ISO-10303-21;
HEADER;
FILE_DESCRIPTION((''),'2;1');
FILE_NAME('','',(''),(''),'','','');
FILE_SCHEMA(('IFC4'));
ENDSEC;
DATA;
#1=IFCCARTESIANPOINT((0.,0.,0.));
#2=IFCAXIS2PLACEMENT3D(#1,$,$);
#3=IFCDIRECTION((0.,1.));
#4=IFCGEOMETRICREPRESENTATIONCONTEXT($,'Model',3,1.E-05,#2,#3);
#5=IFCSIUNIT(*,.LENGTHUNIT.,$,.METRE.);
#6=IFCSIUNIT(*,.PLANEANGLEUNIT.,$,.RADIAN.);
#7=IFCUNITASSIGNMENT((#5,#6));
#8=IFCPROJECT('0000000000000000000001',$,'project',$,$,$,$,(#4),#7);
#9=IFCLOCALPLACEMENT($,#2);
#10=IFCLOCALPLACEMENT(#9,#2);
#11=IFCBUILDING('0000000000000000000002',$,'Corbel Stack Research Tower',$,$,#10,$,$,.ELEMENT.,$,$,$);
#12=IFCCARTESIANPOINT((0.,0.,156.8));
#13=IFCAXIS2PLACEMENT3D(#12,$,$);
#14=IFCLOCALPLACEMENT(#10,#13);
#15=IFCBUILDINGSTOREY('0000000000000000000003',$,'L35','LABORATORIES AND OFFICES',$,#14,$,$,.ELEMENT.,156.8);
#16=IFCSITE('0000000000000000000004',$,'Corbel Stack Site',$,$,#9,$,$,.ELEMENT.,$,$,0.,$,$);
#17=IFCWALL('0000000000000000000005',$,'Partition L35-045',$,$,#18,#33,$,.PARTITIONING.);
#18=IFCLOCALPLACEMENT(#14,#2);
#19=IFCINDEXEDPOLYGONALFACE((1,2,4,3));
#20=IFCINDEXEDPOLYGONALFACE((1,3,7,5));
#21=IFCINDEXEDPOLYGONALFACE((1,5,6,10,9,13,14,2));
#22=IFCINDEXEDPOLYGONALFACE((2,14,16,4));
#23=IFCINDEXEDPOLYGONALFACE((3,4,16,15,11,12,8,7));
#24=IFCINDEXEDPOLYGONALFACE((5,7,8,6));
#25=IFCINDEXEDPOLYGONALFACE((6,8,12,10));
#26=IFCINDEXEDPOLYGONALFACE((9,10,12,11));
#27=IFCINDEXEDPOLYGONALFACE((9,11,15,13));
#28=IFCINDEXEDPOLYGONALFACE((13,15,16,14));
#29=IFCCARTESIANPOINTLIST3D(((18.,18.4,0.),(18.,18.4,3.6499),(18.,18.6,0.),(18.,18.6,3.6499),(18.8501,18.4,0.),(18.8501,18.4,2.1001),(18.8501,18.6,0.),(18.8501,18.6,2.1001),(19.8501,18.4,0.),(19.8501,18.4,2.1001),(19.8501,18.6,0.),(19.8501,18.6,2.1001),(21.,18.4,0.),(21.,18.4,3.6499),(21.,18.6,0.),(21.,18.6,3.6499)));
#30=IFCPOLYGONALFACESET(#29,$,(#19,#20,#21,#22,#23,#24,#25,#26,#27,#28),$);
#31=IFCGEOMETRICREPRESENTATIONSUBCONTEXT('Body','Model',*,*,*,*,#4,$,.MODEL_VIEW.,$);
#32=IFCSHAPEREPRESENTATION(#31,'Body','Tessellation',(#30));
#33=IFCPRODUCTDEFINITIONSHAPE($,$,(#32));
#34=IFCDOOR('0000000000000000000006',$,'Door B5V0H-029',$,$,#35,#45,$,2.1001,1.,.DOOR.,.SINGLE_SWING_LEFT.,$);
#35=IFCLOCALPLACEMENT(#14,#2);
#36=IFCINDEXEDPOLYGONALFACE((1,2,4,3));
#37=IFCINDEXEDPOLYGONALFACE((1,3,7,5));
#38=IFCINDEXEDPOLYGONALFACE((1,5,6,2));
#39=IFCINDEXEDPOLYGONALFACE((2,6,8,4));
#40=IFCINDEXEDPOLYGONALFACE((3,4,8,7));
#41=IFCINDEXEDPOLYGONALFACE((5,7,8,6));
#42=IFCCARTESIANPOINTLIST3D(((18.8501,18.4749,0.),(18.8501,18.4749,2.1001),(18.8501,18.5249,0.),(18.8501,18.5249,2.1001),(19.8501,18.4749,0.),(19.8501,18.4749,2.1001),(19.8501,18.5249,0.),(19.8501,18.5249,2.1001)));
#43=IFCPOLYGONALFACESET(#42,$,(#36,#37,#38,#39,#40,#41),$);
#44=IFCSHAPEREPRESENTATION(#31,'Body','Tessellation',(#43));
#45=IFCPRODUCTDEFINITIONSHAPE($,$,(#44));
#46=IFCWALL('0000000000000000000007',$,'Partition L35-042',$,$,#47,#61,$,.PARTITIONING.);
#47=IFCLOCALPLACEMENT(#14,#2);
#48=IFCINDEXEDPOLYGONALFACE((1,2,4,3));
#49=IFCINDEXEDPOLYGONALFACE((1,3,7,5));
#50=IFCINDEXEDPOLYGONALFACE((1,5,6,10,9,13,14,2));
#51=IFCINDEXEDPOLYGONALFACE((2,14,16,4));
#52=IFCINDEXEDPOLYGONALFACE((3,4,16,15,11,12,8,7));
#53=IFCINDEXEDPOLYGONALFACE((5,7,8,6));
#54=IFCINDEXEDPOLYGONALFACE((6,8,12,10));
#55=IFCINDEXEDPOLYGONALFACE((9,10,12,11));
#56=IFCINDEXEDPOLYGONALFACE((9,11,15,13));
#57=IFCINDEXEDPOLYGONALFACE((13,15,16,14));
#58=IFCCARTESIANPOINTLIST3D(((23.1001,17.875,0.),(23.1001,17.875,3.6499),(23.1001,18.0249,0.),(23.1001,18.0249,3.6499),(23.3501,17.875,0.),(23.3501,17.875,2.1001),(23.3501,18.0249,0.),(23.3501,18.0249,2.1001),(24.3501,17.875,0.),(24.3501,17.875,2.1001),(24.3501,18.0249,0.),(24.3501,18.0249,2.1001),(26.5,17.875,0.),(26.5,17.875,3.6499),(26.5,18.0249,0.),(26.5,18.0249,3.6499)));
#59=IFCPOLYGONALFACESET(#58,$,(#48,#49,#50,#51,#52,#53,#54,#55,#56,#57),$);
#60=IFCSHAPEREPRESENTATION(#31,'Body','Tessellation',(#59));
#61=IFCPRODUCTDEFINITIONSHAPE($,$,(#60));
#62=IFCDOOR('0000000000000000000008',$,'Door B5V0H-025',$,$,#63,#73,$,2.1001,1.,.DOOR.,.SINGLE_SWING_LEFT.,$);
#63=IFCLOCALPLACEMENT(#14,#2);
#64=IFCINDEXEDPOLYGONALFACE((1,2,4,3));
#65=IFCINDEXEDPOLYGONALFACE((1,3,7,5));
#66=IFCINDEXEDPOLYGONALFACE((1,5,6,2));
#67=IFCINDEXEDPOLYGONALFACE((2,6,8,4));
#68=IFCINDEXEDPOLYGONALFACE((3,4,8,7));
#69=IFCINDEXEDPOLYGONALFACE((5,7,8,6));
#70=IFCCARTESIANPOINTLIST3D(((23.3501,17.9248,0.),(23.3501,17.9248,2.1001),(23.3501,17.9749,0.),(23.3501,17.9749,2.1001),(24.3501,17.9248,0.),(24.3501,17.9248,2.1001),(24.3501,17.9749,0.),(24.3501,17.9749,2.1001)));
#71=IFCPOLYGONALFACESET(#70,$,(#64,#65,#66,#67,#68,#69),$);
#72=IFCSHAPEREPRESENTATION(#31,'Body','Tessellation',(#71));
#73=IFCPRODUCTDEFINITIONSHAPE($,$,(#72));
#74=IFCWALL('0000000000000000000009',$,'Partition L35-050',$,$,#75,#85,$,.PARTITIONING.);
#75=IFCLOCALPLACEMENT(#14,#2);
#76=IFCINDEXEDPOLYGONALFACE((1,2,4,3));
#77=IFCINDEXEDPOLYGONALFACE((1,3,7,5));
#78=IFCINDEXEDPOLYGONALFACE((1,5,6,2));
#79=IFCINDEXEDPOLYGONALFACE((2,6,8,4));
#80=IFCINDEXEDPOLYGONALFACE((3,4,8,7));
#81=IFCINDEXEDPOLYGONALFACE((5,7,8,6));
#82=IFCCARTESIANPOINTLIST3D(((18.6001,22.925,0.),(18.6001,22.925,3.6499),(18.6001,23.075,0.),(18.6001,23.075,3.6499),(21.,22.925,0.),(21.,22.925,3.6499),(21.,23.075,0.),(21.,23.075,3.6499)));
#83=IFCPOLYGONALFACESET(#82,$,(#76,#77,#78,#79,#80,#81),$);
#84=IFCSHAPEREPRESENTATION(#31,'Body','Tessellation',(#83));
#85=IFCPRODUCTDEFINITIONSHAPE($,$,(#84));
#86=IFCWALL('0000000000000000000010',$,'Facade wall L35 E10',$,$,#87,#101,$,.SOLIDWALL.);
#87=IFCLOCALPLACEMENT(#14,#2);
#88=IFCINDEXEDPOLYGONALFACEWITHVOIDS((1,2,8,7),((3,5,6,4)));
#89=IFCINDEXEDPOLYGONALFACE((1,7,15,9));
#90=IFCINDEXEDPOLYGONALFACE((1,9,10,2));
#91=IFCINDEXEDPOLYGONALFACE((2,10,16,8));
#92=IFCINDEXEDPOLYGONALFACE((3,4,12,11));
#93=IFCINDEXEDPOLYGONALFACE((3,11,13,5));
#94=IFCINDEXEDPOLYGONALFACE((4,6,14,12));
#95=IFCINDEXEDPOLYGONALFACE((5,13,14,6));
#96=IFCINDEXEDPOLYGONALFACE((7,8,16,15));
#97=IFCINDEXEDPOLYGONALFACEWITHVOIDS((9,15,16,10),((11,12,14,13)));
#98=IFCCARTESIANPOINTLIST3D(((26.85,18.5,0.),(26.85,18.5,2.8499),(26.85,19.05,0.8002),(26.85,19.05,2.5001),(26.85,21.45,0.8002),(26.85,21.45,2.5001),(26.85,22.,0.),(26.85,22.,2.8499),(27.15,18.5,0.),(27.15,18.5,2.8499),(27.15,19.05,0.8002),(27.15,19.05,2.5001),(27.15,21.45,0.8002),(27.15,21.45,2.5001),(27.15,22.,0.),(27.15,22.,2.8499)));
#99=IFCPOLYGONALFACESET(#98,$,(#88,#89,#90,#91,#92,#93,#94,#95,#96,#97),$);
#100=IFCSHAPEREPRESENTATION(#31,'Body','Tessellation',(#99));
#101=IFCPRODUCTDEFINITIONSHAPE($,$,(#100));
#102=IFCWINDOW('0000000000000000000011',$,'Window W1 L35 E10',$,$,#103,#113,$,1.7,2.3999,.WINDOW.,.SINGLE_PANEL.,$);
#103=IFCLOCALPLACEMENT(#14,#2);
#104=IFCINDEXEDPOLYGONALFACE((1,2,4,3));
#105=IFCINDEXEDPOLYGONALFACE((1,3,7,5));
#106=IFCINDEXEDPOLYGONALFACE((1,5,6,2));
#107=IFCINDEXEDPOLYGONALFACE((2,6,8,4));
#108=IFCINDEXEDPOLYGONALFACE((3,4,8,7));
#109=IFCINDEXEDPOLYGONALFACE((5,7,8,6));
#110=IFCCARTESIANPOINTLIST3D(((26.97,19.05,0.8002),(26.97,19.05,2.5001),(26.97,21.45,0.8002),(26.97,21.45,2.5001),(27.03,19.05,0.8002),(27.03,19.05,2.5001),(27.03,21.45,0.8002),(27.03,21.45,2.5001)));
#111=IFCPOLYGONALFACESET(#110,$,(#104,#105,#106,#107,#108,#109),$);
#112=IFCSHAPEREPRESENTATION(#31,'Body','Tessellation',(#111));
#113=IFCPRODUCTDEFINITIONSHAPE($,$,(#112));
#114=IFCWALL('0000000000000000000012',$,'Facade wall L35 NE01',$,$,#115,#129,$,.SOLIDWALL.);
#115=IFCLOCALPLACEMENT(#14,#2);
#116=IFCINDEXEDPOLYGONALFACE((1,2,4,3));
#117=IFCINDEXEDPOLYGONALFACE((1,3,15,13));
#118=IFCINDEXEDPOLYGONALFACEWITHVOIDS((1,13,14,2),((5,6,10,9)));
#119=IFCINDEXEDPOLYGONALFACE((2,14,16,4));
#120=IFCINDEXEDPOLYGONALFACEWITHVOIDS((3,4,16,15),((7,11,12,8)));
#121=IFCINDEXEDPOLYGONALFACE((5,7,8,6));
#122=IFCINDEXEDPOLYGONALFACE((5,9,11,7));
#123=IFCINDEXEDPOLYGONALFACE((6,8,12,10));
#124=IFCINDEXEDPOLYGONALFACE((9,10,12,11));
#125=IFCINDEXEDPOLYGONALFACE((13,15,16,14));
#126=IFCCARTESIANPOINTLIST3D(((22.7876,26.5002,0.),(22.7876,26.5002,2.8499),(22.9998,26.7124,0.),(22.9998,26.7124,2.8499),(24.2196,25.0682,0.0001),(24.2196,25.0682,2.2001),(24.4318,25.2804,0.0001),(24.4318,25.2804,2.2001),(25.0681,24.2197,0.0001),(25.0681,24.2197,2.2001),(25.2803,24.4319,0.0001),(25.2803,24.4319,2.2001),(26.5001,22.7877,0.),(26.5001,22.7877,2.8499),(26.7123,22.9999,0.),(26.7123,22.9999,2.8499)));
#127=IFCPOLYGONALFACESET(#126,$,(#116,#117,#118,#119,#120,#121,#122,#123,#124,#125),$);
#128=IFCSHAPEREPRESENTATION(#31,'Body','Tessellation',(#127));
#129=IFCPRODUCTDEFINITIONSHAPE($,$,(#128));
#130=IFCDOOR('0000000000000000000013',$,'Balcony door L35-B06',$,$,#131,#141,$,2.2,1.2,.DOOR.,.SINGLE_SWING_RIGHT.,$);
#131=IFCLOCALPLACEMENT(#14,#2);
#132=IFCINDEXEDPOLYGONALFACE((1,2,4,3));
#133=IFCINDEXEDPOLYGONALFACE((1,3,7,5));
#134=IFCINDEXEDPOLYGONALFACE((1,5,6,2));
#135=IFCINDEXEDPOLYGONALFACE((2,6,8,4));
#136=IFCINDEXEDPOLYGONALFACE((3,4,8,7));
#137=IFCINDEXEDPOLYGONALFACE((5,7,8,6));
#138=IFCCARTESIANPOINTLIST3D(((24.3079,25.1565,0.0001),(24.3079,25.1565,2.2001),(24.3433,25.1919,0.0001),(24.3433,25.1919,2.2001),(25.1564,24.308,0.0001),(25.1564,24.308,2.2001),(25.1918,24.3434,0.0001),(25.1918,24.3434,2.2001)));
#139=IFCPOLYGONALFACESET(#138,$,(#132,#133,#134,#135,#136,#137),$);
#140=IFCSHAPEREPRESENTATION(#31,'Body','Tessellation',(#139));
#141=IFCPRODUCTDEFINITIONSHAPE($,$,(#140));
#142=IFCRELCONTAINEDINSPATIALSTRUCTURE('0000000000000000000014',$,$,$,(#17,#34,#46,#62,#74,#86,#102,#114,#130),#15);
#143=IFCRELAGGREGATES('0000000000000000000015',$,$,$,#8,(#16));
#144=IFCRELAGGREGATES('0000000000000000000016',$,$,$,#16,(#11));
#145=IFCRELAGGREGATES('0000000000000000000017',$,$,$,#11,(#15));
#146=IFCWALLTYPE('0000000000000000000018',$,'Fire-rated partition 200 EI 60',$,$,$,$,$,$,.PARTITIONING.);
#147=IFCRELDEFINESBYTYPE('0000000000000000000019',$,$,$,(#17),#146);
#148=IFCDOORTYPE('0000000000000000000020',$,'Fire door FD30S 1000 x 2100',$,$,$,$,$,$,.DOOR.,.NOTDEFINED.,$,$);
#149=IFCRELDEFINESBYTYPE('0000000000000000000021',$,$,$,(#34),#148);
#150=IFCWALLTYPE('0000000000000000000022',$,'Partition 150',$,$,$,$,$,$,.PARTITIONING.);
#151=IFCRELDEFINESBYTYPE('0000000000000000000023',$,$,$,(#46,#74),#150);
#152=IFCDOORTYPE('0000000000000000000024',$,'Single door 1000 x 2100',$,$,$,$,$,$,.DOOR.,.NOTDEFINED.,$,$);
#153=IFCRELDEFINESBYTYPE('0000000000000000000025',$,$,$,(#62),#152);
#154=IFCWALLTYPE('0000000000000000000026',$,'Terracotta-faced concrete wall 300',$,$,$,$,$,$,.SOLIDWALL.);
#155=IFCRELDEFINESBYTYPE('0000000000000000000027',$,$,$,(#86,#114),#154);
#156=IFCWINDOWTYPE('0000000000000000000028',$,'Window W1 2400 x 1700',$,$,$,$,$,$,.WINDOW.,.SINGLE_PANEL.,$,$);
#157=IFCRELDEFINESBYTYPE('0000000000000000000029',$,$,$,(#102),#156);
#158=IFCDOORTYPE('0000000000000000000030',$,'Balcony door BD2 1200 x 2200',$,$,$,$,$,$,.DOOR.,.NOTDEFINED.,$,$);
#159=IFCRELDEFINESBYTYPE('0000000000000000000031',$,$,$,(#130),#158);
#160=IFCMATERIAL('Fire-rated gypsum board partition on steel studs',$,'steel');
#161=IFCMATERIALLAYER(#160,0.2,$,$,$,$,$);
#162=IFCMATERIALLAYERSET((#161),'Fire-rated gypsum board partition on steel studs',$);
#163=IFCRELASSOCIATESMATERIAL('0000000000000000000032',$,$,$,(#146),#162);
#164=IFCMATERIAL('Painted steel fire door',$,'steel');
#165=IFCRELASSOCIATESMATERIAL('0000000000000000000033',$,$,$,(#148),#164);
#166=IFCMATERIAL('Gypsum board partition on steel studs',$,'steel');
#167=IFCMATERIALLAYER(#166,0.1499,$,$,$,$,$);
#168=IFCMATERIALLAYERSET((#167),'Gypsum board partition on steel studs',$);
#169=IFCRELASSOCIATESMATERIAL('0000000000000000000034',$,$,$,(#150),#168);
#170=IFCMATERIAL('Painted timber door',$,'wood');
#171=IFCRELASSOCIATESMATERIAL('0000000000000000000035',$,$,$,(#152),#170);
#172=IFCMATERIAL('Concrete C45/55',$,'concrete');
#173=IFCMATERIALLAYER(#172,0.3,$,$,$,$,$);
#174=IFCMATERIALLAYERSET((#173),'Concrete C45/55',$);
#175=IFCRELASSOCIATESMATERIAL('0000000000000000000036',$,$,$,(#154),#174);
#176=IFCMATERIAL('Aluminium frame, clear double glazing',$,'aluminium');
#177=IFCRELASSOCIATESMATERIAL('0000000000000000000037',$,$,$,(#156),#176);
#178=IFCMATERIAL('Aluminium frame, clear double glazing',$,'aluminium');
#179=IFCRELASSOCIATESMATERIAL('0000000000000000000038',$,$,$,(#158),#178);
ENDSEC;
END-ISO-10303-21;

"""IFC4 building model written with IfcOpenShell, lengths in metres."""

from ifc_helpers import new_model, si_unit, direction, frame, frame_2d, origin, place, context, subcontext, project, spatial, rectangle, extrude, material, layer, layer_set, type_object, element, fill, save


model = new_model("IFC4")

# Units and contexts
model_context = context("Model", 3, precision=1e-05, world=origin(), true_north=direction((0.0, 1.0)))
body_context = subcontext(model_context, "Body", "Model", "MODEL_VIEW")
ifc_project = project(units=[si_unit("LENGTHUNIT", "METRE"), si_unit("PLANEANGLEUNIT", "RADIAN")], contexts=[model_context])

# Site, building, storey
site_placement = place(None, origin())
site = spatial("IfcSite", under=ifc_project, at=site_placement, Name="Corbel Stack Site", CompositionType="ELEMENT", RefElevation=0.0)
building_placement = place(site_placement, origin())
building = spatial("IfcBuilding", under=site, at=building_placement, Name="Corbel Stack Research Tower", CompositionType="ELEMENT")
storey_placement = place(building_placement, frame((0.0, 0.0, 156.8)))
storey = spatial("IfcBuildingStorey", under=building, at=storey_placement, Name="L35", Description="LABORATORIES AND OFFICES", CompositionType="ELEMENT", Elevation=156.8)

# Walls, openings, doors
ifc_material_1 = material(Name="Fire-rated gypsum board partition on steel studs", Category="steel")
ifc_layer_1 = layer(ifc_material_1, 0.2)
ifc_layer_set_1 = layer_set([ifc_layer_1], Name="Fire-rated gypsum board partition on steel studs")
wall_type_1 = type_object("IfcWallType", Name="Fire-rated partition 200 EI 60", PredefinedType="PARTITIONING", material=ifc_layer_set_1)
ifc_material_2 = material(Name="Painted steel fire door", Category="steel")
door_type_1 = type_object("IfcDoorType", Name="Fire door FD30S 1000 x 2100", OperationType="NOTDEFINED", PredefinedType="DOOR", material=ifc_material_2)
wall_1_placement = place(storey_placement, frame((18.0, 18.5, 0.0), z_axis=(0.0, 0.0, 1.0), x_axis=(1.0, 0.0, 0.0)))
wall_1 = element("IfcWall", 1, at=wall_1_placement, inside=storey, type_object=wall_type_1, Name="Partition L35-045", PredefinedType="PARTITIONING", context=body_context, shape_type="SweptSolid", body=[
    extrude(rectangle(XDim=3.0, YDim=0.2, at=frame_2d((1.5, 0.0))), origin(), (0.0, 0.0, 1.0), 3.6499),
])
opening_1_placement = place(wall_1_placement, frame((0.8501, 0.0, 0.0)))
opening_1 = element("IfcOpeningElement", 2, at=opening_1_placement, cuts=wall_1, PredefinedType="OPENING", context=body_context, shape_type="SweptSolid", body=[
    extrude(rectangle(XDim=1.0, YDim=2.1001, at=frame_2d((0.5, 1.05))), frame((0.0, 0.1099, 0.0), z_axis=(0.0, -1.0, 0.0), x_axis=(1.0, 0.0, 0.0)), (0.0, 0.0, 1.0), 0.22),
])
door_1_placement = place(opening_1_placement, origin())
door_1 = element("IfcDoor", 3, at=door_1_placement, inside=storey, type_object=door_type_1, Name="Door B5V0H-029", OperationType="SINGLE_SWING_LEFT", OverallHeight=2.1001, OverallWidth=1.0, PredefinedType="DOOR", context=body_context, shape_type="SweptSolid", body=[
    extrude(rectangle(XDim=1.0, YDim=2.1001, at=frame_2d((0.5, 1.05))), frame((0.0, 0.0249, 0.0), z_axis=(0.0, -1.0, 0.0), x_axis=(1.0, 0.0, 0.0)), (0.0, 0.0, 1.0), 0.05),
])
fill(opening_1, door_1)
ifc_material_3 = material(Name="Gypsum board partition on steel studs", Category="steel")
ifc_layer_2 = layer(ifc_material_3, 0.1499)
ifc_layer_set_2 = layer_set([ifc_layer_2], Name="Gypsum board partition on steel studs")
wall_type_2 = type_object("IfcWallType", Name="Partition 150", PredefinedType="PARTITIONING", material=ifc_layer_set_2)
wall_2_placement = place(storey_placement, frame((23.1001, 17.95, 0.0), z_axis=(0.0, 0.0, 1.0), x_axis=(1.0, 0.0, 0.0)))
wall_2 = element("IfcWall", 4, at=wall_2_placement, inside=storey, type_object=wall_type_2, Name="Partition L35-042", PredefinedType="PARTITIONING", context=body_context, shape_type="SweptSolid", body=[
    extrude(rectangle(XDim=3.3999, YDim=0.1499, at=frame_2d((1.7, 0.0))), origin(), (0.0, 0.0, 1.0), 3.6499),
])
opening_2_placement = place(wall_2_placement, frame((0.25, 0.0, 0.0)))
opening_2 = element("IfcOpeningElement", 5, at=opening_2_placement, cuts=wall_2, PredefinedType="OPENING", context=body_context, shape_type="SweptSolid", body=[
    extrude(rectangle(XDim=1.0, YDim=2.1001, at=frame_2d((0.5, 1.05))), frame((0.0, 0.085, 0.0), z_axis=(0.0, -1.0, 0.0), x_axis=(1.0, 0.0, 0.0)), (0.0, 0.0, 1.0), 0.1699),
])
ifc_material_4 = material(Name="Painted timber door", Category="wood")
door_type_2 = type_object("IfcDoorType", Name="Single door 1000 x 2100", OperationType="NOTDEFINED", PredefinedType="DOOR", material=ifc_material_4)
door_2_placement = place(opening_2_placement, origin())
door_2 = element("IfcDoor", 6, at=door_2_placement, inside=storey, type_object=door_type_2, Name="Door B5V0H-025", OperationType="SINGLE_SWING_LEFT", OverallHeight=2.1001, OverallWidth=1.0, PredefinedType="DOOR", context=body_context, shape_type="SweptSolid", body=[
    extrude(rectangle(XDim=1.0, YDim=2.1001, at=frame_2d((0.5, 1.05))), frame((0.0, 0.0249, 0.0), z_axis=(0.0, -1.0, 0.0), x_axis=(1.0, 0.0, 0.0)), (0.0, 0.0, 1.0), 0.05),
])
fill(opening_2, door_2)

# Wall
wall_3_placement = place(storey_placement, frame((18.6001, 23.0, 0.0), z_axis=(0.0, 0.0, 1.0), x_axis=(1.0, 0.0, 0.0)))
element("IfcWall", 7, at=wall_3_placement, inside=storey, type_object=wall_type_2, Name="Partition L35-050", PredefinedType="PARTITIONING", context=body_context, shape_type="SweptSolid", body=[
    extrude(rectangle(XDim=2.3999, YDim=0.1499, at=frame_2d((1.2, 0.0))), origin(), (0.0, 0.0, 1.0), 3.6499),
])

# Wall, opening, window
ifc_material_5 = material(Name="Concrete C45/55", Category="concrete")
ifc_layer_3 = layer(ifc_material_5, 0.3)
ifc_layer_set_3 = layer_set([ifc_layer_3], Name="Concrete C45/55")
wall_type_3 = type_object("IfcWallType", Name="Terracotta-faced concrete wall 300", PredefinedType="SOLIDWALL", material=ifc_layer_set_3)
wall_4_placement = place(storey_placement, frame((27.0, 22.0, 0.0), z_axis=(0.0, 0.0, 1.0), x_axis=(0.0, -1.0, 0.0)))
wall_4 = element("IfcWall", 8, at=wall_4_placement, inside=storey, type_object=wall_type_3, Name="Facade wall L35 E10", PredefinedType="SOLIDWALL", context=body_context, shape_type="SweptSolid", body=[
    extrude(rectangle(XDim=3.5, YDim=0.3, at=frame_2d((1.75, 0.0))), origin(), (0.0, 0.0, 1.0), 2.8499),
])
opening_3_placement = place(wall_4_placement, frame((0.55, 0.0, 0.8)))
opening_3 = element("IfcOpeningElement", 9, at=opening_3_placement, cuts=wall_4, PredefinedType="OPENING", context=body_context, shape_type="SweptSolid", body=[
    extrude(rectangle(XDim=2.3999, YDim=1.7, at=frame_2d((1.2, 0.8501))), frame((0.0, 0.1599, 0.0), z_axis=(0.0, -1.0, 0.0), x_axis=(1.0, 0.0, 0.0)), (0.0, 0.0, 1.0), 0.3201),
])
ifc_material_6 = material(Name="Aluminium frame, clear double glazing", Category="aluminium")
window_type_1 = type_object("IfcWindowType", Name="Window W1 2400 x 1700", PartitioningType="SINGLE_PANEL", PredefinedType="WINDOW", material=ifc_material_6)
window_1_placement = place(opening_3_placement, origin())
window_1 = element("IfcWindow", 10, at=window_1_placement, inside=storey, type_object=window_type_1, Name="Window W1 L35 E10", OverallHeight=1.7, OverallWidth=2.3999, PartitioningType="SINGLE_PANEL", PredefinedType="WINDOW", context=body_context, shape_type="SweptSolid", body=[
    extrude(rectangle(XDim=2.3999, YDim=1.7, at=frame_2d((1.2, 0.8501))), frame((0.0, 0.03, 0.0), z_axis=(0.0, -1.0, 0.0), x_axis=(1.0, 0.0, 0.0)), (0.0, 0.0, 1.0), 0.0601),
])
fill(opening_3, window_1)

# Wall, opening, door
wall_5_placement = place(storey_placement, frame((22.8938, 26.6062, 0.0), z_axis=(0.0, 0.0, 1.0), x_axis=(0.707107, -0.707107, 0.0)))
wall_5 = element("IfcWall", 11, at=wall_5_placement, inside=storey, type_object=wall_type_3, Name="Facade wall L35 NE01", PredefinedType="SOLIDWALL", context=body_context, shape_type="SweptSolid", body=[
    extrude(rectangle(XDim=5.2502, YDim=0.3, at=frame_2d((2.625, 0.0))), origin(), (0.0, 0.0, 1.0), 2.8499),
])
opening_4_placement = place(wall_5_placement, frame((2.0249, 0.0, 0.0)))
opening_4 = element("IfcOpeningElement", 12, at=opening_4_placement, cuts=wall_5, PredefinedType="OPENING", context=body_context, shape_type="SweptSolid", body=[
    extrude(rectangle(XDim=1.2, YDim=2.2, at=frame_2d((0.6001, 1.1001))), frame((0.0, 0.1599, 0.0), z_axis=(0.0, -1.0, 0.0), x_axis=(1.0, 0.0, 0.0)), (0.0, 0.0, 1.0), 0.3201),
])
ifc_material_7 = material(Name="Aluminium frame, clear double glazing", Category="aluminium")
door_type_3 = type_object("IfcDoorType", Name="Balcony door BD2 1200 x 2200", OperationType="NOTDEFINED", PredefinedType="DOOR", material=ifc_material_7)
door_3_placement = place(opening_4_placement, origin())
door_3 = element("IfcDoor", 13, at=door_3_placement, inside=storey, type_object=door_type_3, Name="Balcony door L35-B06", OperationType="SINGLE_SWING_RIGHT", OverallHeight=2.2, OverallWidth=1.2, PredefinedType="DOOR", context=body_context, shape_type="SweptSolid", body=[
    extrude(rectangle(XDim=1.2, YDim=2.2, at=frame_2d((0.6001, 1.1001))), frame((0.0, 0.0249, 0.0), z_axis=(0.0, -1.0, 0.0), x_axis=(1.0, 0.0, 0.0)), (0.0, 0.0, 1.0), 0.05),
])
fill(opening_4, door_3)

save(model, "model.ifc")
